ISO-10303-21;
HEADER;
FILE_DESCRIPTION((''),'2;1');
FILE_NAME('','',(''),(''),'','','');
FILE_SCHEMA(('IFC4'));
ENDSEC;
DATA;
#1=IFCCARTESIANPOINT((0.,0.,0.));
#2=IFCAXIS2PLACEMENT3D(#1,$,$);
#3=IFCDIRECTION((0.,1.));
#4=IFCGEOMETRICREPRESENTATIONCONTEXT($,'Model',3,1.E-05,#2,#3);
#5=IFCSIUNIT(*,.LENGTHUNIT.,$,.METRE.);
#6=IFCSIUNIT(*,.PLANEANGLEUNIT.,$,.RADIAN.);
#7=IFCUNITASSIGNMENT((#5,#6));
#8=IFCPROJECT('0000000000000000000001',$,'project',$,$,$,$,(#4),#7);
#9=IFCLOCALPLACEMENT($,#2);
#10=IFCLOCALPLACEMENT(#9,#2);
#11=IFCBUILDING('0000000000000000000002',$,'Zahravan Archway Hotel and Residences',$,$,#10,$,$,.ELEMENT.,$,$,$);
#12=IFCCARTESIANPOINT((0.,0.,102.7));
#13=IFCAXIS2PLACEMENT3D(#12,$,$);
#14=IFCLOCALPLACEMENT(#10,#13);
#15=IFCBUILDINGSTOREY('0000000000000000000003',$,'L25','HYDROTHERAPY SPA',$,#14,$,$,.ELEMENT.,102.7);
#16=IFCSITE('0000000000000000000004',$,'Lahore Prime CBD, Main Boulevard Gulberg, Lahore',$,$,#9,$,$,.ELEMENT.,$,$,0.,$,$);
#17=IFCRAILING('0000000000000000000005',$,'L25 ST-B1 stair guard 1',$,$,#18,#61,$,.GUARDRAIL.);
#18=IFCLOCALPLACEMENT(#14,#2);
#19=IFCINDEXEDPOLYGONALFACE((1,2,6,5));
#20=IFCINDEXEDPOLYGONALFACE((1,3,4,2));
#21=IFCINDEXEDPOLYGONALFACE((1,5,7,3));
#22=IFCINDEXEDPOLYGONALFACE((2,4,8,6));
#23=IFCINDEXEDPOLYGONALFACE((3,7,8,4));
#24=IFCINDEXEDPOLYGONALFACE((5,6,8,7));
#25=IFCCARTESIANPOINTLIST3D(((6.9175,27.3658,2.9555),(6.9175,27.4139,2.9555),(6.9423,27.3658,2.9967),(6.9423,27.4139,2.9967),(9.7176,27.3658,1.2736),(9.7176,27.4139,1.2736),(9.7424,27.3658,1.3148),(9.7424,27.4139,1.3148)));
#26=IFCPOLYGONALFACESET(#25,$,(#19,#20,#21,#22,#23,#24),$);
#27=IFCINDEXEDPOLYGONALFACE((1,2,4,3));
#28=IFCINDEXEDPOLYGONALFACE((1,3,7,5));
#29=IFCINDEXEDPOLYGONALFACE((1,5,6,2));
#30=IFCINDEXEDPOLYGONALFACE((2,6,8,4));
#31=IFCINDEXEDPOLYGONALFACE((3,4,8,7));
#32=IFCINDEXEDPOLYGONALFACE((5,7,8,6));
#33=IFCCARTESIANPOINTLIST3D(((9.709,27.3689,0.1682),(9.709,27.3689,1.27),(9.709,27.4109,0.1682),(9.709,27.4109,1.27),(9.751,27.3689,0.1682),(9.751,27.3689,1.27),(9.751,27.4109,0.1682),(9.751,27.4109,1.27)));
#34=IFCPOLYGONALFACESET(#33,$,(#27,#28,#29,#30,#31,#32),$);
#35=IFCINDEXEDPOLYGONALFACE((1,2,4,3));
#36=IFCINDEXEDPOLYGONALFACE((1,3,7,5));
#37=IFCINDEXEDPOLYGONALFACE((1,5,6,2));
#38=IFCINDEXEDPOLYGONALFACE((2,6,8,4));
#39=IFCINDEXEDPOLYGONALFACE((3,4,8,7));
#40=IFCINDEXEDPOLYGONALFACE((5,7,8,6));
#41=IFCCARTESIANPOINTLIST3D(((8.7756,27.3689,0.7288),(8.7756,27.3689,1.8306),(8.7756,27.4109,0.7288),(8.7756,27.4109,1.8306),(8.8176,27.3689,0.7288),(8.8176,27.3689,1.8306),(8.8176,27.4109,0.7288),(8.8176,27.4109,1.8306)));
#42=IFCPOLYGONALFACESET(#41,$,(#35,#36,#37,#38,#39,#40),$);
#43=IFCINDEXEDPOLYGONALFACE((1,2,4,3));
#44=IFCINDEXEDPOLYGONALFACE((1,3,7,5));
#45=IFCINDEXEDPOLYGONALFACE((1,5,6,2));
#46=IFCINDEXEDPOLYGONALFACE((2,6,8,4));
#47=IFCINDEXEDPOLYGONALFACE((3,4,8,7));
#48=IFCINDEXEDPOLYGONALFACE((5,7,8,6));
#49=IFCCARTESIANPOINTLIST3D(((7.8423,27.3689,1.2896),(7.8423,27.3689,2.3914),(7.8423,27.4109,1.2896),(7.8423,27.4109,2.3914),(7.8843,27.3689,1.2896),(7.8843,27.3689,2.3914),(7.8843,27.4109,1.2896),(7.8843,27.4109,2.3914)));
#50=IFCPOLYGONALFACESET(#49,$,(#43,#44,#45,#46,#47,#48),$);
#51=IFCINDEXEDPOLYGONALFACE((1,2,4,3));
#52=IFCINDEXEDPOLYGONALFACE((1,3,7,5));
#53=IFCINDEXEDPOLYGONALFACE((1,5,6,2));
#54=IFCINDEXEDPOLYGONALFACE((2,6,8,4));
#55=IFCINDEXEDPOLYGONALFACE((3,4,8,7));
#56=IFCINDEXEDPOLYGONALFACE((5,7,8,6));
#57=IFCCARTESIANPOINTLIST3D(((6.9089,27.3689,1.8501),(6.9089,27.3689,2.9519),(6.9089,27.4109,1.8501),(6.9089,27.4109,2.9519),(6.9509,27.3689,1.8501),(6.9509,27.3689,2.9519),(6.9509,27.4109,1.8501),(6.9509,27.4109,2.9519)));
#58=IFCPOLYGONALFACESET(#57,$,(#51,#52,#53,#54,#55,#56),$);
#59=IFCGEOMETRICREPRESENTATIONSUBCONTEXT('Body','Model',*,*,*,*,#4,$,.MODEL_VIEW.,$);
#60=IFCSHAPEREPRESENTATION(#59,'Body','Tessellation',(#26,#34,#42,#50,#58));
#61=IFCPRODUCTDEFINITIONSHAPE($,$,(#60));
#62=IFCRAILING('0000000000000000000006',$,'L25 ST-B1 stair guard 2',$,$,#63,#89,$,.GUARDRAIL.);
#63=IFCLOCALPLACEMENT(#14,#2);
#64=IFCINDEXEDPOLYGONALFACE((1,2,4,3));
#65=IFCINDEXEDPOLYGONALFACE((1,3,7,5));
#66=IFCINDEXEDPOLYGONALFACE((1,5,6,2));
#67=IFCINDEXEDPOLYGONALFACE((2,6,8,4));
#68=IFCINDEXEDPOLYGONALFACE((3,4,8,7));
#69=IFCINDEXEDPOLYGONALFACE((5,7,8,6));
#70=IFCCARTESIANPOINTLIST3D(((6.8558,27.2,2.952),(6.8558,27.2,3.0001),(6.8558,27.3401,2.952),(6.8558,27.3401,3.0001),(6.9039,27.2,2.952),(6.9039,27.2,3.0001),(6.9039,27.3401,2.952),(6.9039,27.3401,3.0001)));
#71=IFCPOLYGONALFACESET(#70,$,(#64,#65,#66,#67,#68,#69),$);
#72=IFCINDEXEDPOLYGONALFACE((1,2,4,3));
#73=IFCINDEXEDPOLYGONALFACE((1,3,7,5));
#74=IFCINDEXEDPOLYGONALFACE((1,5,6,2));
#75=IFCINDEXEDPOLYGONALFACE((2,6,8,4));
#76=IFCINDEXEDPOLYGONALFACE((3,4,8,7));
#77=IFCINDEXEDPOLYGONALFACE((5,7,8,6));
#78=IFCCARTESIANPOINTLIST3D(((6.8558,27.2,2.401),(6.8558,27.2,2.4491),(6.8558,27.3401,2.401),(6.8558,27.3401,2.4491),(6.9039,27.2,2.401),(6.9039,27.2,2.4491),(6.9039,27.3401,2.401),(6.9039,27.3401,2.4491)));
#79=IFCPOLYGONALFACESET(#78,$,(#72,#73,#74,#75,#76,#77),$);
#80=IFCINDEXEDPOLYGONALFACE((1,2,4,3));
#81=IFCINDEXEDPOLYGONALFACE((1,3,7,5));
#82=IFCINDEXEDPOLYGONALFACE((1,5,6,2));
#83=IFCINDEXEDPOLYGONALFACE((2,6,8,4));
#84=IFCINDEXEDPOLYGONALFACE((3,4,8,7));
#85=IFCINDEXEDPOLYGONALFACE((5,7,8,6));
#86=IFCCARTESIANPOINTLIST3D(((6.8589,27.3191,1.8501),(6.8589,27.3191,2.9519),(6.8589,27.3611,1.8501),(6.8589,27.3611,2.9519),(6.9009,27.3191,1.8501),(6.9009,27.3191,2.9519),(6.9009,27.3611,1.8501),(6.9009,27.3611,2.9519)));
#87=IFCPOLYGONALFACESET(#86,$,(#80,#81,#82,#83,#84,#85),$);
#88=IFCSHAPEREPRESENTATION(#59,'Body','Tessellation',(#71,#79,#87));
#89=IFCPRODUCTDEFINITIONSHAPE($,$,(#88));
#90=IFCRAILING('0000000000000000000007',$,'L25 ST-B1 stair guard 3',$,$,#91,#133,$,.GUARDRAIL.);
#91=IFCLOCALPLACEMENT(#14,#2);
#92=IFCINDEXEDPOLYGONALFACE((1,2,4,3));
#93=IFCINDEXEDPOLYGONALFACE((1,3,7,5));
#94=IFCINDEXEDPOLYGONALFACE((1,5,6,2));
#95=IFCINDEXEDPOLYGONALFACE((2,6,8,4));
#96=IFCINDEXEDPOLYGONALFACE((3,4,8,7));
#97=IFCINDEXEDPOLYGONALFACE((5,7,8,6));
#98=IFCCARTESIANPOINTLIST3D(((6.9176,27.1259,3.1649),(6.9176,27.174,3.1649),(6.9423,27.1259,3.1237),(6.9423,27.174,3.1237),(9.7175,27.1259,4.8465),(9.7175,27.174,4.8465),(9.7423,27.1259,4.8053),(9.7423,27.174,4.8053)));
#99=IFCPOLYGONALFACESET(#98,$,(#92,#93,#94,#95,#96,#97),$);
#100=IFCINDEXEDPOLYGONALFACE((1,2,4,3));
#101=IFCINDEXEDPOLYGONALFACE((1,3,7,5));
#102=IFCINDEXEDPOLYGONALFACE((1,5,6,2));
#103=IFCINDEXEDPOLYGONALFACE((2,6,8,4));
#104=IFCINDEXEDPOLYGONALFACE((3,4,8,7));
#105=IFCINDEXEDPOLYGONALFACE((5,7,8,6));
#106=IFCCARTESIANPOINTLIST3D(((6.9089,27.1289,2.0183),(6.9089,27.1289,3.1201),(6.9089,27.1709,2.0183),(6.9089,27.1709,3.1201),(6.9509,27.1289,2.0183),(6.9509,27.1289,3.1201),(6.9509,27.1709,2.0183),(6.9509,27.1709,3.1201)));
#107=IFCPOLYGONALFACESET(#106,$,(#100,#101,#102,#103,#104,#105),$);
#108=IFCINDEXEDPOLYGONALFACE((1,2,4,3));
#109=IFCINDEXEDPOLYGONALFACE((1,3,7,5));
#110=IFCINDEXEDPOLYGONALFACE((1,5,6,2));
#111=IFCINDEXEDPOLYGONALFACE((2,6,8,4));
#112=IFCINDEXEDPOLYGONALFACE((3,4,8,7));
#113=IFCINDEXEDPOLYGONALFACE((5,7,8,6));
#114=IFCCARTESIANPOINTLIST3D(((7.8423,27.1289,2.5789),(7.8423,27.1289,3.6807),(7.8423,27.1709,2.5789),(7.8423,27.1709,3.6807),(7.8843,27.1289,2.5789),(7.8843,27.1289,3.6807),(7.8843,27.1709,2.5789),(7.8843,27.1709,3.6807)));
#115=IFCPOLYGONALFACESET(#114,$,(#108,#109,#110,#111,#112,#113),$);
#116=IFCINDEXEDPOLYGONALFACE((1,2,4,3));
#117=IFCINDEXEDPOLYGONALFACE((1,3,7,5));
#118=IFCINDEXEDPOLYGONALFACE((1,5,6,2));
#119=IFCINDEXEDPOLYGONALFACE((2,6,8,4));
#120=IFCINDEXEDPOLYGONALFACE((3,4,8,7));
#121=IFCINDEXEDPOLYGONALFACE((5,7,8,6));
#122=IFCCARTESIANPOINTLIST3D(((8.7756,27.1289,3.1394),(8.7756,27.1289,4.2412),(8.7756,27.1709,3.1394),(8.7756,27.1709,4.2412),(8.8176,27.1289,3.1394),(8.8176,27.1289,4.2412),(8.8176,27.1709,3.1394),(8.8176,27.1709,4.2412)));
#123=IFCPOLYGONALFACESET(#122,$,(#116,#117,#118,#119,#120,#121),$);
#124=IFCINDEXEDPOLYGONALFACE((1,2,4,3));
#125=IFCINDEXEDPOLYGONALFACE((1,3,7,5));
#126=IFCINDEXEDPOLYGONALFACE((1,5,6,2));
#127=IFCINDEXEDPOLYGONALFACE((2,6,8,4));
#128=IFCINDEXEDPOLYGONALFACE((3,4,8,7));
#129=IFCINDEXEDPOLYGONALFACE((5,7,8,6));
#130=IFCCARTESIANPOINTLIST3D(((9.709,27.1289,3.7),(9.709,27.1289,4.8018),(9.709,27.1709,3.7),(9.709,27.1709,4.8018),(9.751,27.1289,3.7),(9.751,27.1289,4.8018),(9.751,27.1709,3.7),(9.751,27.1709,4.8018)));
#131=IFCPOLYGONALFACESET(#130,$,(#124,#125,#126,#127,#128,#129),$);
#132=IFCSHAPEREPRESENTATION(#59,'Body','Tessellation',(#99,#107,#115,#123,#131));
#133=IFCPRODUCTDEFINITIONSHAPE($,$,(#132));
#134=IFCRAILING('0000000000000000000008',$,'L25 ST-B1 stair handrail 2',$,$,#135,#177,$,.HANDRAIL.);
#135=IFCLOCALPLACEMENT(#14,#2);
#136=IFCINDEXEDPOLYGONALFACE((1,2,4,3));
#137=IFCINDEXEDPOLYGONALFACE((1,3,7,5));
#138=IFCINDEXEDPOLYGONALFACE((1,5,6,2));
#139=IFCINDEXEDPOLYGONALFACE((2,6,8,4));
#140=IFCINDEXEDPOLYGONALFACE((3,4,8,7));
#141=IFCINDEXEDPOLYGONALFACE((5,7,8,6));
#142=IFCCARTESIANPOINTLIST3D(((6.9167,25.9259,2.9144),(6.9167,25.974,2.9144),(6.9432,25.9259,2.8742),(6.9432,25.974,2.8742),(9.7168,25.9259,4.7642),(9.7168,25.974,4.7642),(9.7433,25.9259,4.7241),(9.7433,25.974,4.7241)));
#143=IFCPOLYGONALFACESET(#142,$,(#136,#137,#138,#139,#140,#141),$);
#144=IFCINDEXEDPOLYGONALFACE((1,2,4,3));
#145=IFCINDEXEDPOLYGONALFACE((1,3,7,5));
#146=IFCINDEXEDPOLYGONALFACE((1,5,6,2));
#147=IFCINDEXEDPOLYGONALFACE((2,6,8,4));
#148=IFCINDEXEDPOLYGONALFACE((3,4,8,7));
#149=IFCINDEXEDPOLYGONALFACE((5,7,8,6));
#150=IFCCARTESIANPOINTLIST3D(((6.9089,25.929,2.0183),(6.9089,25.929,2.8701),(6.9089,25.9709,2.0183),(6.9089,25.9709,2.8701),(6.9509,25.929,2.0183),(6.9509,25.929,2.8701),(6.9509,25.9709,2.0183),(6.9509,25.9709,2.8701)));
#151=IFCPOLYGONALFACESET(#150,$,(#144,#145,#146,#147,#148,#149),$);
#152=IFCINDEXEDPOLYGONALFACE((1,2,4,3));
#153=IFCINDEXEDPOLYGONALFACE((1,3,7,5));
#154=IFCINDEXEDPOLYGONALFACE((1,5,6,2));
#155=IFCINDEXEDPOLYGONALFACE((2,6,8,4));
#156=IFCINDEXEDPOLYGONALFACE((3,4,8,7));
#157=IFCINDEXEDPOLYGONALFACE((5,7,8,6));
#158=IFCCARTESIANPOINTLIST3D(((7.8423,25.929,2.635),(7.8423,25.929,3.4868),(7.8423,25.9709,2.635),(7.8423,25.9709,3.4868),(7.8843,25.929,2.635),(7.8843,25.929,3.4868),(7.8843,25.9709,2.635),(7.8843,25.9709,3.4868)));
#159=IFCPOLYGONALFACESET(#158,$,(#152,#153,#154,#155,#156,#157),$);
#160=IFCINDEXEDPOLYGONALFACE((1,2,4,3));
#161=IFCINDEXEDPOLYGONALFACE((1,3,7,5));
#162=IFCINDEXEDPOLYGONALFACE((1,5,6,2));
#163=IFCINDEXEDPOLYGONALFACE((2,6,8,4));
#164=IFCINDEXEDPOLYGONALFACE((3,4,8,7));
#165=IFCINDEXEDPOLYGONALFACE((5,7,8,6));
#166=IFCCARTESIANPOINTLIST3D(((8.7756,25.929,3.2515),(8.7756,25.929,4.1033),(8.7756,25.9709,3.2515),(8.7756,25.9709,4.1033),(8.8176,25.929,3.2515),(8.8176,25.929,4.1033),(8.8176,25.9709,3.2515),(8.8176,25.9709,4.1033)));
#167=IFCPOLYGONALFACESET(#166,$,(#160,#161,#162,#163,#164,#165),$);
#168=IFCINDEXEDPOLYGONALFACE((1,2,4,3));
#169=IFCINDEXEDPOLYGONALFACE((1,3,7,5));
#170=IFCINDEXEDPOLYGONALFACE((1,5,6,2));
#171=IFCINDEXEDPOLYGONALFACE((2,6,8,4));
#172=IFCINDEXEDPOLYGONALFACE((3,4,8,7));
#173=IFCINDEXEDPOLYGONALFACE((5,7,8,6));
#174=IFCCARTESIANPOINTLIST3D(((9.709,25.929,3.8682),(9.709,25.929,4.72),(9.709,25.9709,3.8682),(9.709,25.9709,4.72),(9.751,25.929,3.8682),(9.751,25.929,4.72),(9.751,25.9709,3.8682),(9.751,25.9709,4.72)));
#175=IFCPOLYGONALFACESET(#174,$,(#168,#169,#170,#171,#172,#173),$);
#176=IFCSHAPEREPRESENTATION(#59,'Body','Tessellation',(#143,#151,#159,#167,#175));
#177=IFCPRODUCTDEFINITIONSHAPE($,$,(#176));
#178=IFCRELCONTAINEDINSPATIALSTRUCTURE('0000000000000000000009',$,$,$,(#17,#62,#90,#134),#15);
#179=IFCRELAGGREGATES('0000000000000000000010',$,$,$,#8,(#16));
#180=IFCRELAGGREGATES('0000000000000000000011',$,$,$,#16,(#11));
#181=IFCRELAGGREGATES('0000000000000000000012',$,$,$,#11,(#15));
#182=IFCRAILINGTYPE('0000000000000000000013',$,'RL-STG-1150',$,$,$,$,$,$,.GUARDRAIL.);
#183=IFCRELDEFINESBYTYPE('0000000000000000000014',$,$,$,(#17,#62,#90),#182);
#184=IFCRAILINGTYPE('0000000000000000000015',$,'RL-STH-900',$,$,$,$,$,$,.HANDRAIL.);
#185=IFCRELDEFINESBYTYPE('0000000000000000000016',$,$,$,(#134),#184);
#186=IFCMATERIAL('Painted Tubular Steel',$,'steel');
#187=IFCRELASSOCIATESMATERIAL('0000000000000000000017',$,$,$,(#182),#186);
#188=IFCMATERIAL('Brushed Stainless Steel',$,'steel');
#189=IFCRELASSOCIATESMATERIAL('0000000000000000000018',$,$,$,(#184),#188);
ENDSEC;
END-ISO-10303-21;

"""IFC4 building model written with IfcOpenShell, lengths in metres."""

from ifc_helpers import new_model, si_unit, direction, frame, origin, origin_2d, place, context, subcontext, project, spatial, rectangle, extrude, material, type_object, element, save


model = new_model("IFC4")

# Units and contexts
model_context = context("Model", 3, precision=1e-05, world=origin(), true_north=direction((0.0, 1.0)))
body_context = subcontext(model_context, "Body", "Model", "MODEL_VIEW")
ifc_project = project(units=[si_unit("LENGTHUNIT", "METRE"), si_unit("PLANEANGLEUNIT", "RADIAN")], contexts=[model_context])

# Site, building, storey
site_placement = place(None, origin())
site = spatial("IfcSite", under=ifc_project, at=site_placement, Name="Lahore Prime CBD, Main Boulevard Gulberg, Lahore", CompositionType="ELEMENT", RefElevation=0.0)
building_placement = place(site_placement, origin())
building = spatial("IfcBuilding", under=site, at=building_placement, Name="Zahravan Archway Hotel and Residences", CompositionType="ELEMENT")
storey_placement = place(building_placement, frame((0.0, 0.0, 102.7)))
storey = spatial("IfcBuildingStorey", under=building, at=storey_placement, Name="L25", Description="HYDROTHERAPY SPA", CompositionType="ELEMENT", Elevation=102.7)

# Shared definitions
ifc_material_1 = material(Name="Brushed Stainless Steel", Category="steel")

# Railings
ifc_material_2 = material(Name="Painted Tubular Steel", Category="steel")
railing_type_1 = type_object("IfcRailingType", Name="RL-STG-1150", PredefinedType="GUARDRAIL", material=ifc_material_2)
railing_1_placement = place(storey_placement, frame((9.73, 27.3899, 0.1682)))
element("IfcRailing", 1, at=railing_1_placement, inside=storey, type_object=railing_type_1, Name="L25 ST-B1 stair guard 1", PredefinedType="GUARDRAIL", context=body_context, shape_type="SweptSolid", body=[
    extrude(rectangle(XDim=0.0481, YDim=0.0481, at=origin_2d()), frame((0.0, 0.0, 1.126), z_axis=(-0.857242, 0.0, 0.514913), x_axis=(0.0, -1.0, 0.0)), (0.0, 0.0, 1.0), 3.2664),
    extrude(rectangle(XDim=0.042, YDim=0.042, at=origin_2d()), origin(), (0.0, 0.0, 1.0), 1.1018),
    extrude(rectangle(XDim=0.042, YDim=0.042, at=origin_2d()), frame((-0.9333, 0.0, 0.5605)), (0.0, 0.0, 1.0), 1.1018),
    extrude(rectangle(XDim=0.042, YDim=0.042, at=origin_2d()), frame((-1.8667, 0.0, 1.1213)), (0.0, 0.0, 1.0), 1.1018),
    extrude(rectangle(XDim=0.042, YDim=0.042, at=origin_2d()), frame((-2.8, 0.0, 1.6819)), (0.0, 0.0, 1.0), 1.1018),
])
railing_2_placement = place(storey_placement, frame((6.8799, 27.3401, 1.8501)))
element("IfcRailing", 2, at=railing_2_placement, inside=storey, type_object=railing_type_1, Name="L25 ST-B1 stair guard 2", PredefinedType="GUARDRAIL", context=body_context, shape_type="SweptSolid", body=[
    extrude(rectangle(XDim=0.0481, YDim=0.0481, at=origin_2d()), frame((0.0, 0.0, 1.126), z_axis=(0.0, -1.0, 0.0), x_axis=(1.0, 0.0, 0.0)), (0.0, 0.0, 1.0), 0.1401),
    extrude(rectangle(XDim=0.0481, YDim=0.0481, at=origin_2d()), frame((0.0, 0.0, 0.575), z_axis=(0.0, -1.0, 0.0), x_axis=(1.0, 0.0, 0.0)), (0.0, 0.0, 1.0), 0.1401),
    extrude(rectangle(XDim=0.042, YDim=0.042, at=origin_2d()), origin(), (0.0, 0.0, 1.0), 1.1018),
])
railing_3_placement = place(storey_placement, frame((6.9299, 27.1499, 2.0183)))
element("IfcRailing", 3, at=railing_3_placement, inside=storey, type_object=railing_type_1, Name="L25 ST-B1 stair guard 3", PredefinedType="GUARDRAIL", context=body_context, shape_type="SweptSolid", body=[
    extrude(rectangle(XDim=0.0481, YDim=0.0481, at=origin_2d()), frame((0.0, 0.0, 1.126), z_axis=(0.857275, 0.0, 0.514858), x_axis=(0.0, 1.0, 0.0)), (0.0, 0.0, 1.0), 3.2661),
    extrude(rectangle(XDim=0.042, YDim=0.042, at=origin_2d()), origin(), (0.0, 0.0, 1.0), 1.1018),
    extrude(rectangle(XDim=0.042, YDim=0.042, at=origin_2d()), frame((0.9333, 0.0, 0.5605)), (0.0, 0.0, 1.0), 1.1018),
    extrude(rectangle(XDim=0.042, YDim=0.042, at=origin_2d()), frame((1.8667, 0.0, 1.1211)), (0.0, 0.0, 1.0), 1.1018),
    extrude(rectangle(XDim=0.042, YDim=0.042, at=origin_2d()), frame((2.8, 0.0, 1.6816)), (0.0, 0.0, 1.0), 1.1018),
])
railing_type_2 = type_object("IfcRailingType", Name="RL-STH-900", PredefinedType="HANDRAIL", material=ifc_material_1)
railing_4_placement = place(storey_placement, frame((6.9299, 25.95, 2.0183)))
element("IfcRailing", 4, at=railing_4_placement, inside=storey, type_object=railing_type_2, Name="L25 ST-B1 stair handrail 2", PredefinedType="HANDRAIL", context=body_context, shape_type="SweptSolid", body=[
    extrude(rectangle(XDim=0.0481, YDim=0.0481, at=origin_2d()), frame((0.0, 0.0, 0.876), z_axis=(0.83436, 0.0, 0.55122), x_axis=(0.0, 1.0, 0.0)), (0.0, 0.0, 1.0), 3.356),
    extrude(rectangle(XDim=0.042, YDim=0.042, at=origin_2d()), origin(), (0.0, 0.0, 1.0), 0.8518),
    extrude(rectangle(XDim=0.042, YDim=0.042, at=origin_2d()), frame((0.9333, 0.0, 0.6167)), (0.0, 0.0, 1.0), 0.8518),
    extrude(rectangle(XDim=0.042, YDim=0.042, at=origin_2d()), frame((1.8667, 0.0, 1.2332)), (0.0, 0.0, 1.0), 0.8518),
    extrude(rectangle(XDim=0.042, YDim=0.042, at=origin_2d()), frame((2.8, 0.0, 1.8499)), (0.0, 0.0, 1.0), 0.8518),
])

save(model, "model.ifc")
